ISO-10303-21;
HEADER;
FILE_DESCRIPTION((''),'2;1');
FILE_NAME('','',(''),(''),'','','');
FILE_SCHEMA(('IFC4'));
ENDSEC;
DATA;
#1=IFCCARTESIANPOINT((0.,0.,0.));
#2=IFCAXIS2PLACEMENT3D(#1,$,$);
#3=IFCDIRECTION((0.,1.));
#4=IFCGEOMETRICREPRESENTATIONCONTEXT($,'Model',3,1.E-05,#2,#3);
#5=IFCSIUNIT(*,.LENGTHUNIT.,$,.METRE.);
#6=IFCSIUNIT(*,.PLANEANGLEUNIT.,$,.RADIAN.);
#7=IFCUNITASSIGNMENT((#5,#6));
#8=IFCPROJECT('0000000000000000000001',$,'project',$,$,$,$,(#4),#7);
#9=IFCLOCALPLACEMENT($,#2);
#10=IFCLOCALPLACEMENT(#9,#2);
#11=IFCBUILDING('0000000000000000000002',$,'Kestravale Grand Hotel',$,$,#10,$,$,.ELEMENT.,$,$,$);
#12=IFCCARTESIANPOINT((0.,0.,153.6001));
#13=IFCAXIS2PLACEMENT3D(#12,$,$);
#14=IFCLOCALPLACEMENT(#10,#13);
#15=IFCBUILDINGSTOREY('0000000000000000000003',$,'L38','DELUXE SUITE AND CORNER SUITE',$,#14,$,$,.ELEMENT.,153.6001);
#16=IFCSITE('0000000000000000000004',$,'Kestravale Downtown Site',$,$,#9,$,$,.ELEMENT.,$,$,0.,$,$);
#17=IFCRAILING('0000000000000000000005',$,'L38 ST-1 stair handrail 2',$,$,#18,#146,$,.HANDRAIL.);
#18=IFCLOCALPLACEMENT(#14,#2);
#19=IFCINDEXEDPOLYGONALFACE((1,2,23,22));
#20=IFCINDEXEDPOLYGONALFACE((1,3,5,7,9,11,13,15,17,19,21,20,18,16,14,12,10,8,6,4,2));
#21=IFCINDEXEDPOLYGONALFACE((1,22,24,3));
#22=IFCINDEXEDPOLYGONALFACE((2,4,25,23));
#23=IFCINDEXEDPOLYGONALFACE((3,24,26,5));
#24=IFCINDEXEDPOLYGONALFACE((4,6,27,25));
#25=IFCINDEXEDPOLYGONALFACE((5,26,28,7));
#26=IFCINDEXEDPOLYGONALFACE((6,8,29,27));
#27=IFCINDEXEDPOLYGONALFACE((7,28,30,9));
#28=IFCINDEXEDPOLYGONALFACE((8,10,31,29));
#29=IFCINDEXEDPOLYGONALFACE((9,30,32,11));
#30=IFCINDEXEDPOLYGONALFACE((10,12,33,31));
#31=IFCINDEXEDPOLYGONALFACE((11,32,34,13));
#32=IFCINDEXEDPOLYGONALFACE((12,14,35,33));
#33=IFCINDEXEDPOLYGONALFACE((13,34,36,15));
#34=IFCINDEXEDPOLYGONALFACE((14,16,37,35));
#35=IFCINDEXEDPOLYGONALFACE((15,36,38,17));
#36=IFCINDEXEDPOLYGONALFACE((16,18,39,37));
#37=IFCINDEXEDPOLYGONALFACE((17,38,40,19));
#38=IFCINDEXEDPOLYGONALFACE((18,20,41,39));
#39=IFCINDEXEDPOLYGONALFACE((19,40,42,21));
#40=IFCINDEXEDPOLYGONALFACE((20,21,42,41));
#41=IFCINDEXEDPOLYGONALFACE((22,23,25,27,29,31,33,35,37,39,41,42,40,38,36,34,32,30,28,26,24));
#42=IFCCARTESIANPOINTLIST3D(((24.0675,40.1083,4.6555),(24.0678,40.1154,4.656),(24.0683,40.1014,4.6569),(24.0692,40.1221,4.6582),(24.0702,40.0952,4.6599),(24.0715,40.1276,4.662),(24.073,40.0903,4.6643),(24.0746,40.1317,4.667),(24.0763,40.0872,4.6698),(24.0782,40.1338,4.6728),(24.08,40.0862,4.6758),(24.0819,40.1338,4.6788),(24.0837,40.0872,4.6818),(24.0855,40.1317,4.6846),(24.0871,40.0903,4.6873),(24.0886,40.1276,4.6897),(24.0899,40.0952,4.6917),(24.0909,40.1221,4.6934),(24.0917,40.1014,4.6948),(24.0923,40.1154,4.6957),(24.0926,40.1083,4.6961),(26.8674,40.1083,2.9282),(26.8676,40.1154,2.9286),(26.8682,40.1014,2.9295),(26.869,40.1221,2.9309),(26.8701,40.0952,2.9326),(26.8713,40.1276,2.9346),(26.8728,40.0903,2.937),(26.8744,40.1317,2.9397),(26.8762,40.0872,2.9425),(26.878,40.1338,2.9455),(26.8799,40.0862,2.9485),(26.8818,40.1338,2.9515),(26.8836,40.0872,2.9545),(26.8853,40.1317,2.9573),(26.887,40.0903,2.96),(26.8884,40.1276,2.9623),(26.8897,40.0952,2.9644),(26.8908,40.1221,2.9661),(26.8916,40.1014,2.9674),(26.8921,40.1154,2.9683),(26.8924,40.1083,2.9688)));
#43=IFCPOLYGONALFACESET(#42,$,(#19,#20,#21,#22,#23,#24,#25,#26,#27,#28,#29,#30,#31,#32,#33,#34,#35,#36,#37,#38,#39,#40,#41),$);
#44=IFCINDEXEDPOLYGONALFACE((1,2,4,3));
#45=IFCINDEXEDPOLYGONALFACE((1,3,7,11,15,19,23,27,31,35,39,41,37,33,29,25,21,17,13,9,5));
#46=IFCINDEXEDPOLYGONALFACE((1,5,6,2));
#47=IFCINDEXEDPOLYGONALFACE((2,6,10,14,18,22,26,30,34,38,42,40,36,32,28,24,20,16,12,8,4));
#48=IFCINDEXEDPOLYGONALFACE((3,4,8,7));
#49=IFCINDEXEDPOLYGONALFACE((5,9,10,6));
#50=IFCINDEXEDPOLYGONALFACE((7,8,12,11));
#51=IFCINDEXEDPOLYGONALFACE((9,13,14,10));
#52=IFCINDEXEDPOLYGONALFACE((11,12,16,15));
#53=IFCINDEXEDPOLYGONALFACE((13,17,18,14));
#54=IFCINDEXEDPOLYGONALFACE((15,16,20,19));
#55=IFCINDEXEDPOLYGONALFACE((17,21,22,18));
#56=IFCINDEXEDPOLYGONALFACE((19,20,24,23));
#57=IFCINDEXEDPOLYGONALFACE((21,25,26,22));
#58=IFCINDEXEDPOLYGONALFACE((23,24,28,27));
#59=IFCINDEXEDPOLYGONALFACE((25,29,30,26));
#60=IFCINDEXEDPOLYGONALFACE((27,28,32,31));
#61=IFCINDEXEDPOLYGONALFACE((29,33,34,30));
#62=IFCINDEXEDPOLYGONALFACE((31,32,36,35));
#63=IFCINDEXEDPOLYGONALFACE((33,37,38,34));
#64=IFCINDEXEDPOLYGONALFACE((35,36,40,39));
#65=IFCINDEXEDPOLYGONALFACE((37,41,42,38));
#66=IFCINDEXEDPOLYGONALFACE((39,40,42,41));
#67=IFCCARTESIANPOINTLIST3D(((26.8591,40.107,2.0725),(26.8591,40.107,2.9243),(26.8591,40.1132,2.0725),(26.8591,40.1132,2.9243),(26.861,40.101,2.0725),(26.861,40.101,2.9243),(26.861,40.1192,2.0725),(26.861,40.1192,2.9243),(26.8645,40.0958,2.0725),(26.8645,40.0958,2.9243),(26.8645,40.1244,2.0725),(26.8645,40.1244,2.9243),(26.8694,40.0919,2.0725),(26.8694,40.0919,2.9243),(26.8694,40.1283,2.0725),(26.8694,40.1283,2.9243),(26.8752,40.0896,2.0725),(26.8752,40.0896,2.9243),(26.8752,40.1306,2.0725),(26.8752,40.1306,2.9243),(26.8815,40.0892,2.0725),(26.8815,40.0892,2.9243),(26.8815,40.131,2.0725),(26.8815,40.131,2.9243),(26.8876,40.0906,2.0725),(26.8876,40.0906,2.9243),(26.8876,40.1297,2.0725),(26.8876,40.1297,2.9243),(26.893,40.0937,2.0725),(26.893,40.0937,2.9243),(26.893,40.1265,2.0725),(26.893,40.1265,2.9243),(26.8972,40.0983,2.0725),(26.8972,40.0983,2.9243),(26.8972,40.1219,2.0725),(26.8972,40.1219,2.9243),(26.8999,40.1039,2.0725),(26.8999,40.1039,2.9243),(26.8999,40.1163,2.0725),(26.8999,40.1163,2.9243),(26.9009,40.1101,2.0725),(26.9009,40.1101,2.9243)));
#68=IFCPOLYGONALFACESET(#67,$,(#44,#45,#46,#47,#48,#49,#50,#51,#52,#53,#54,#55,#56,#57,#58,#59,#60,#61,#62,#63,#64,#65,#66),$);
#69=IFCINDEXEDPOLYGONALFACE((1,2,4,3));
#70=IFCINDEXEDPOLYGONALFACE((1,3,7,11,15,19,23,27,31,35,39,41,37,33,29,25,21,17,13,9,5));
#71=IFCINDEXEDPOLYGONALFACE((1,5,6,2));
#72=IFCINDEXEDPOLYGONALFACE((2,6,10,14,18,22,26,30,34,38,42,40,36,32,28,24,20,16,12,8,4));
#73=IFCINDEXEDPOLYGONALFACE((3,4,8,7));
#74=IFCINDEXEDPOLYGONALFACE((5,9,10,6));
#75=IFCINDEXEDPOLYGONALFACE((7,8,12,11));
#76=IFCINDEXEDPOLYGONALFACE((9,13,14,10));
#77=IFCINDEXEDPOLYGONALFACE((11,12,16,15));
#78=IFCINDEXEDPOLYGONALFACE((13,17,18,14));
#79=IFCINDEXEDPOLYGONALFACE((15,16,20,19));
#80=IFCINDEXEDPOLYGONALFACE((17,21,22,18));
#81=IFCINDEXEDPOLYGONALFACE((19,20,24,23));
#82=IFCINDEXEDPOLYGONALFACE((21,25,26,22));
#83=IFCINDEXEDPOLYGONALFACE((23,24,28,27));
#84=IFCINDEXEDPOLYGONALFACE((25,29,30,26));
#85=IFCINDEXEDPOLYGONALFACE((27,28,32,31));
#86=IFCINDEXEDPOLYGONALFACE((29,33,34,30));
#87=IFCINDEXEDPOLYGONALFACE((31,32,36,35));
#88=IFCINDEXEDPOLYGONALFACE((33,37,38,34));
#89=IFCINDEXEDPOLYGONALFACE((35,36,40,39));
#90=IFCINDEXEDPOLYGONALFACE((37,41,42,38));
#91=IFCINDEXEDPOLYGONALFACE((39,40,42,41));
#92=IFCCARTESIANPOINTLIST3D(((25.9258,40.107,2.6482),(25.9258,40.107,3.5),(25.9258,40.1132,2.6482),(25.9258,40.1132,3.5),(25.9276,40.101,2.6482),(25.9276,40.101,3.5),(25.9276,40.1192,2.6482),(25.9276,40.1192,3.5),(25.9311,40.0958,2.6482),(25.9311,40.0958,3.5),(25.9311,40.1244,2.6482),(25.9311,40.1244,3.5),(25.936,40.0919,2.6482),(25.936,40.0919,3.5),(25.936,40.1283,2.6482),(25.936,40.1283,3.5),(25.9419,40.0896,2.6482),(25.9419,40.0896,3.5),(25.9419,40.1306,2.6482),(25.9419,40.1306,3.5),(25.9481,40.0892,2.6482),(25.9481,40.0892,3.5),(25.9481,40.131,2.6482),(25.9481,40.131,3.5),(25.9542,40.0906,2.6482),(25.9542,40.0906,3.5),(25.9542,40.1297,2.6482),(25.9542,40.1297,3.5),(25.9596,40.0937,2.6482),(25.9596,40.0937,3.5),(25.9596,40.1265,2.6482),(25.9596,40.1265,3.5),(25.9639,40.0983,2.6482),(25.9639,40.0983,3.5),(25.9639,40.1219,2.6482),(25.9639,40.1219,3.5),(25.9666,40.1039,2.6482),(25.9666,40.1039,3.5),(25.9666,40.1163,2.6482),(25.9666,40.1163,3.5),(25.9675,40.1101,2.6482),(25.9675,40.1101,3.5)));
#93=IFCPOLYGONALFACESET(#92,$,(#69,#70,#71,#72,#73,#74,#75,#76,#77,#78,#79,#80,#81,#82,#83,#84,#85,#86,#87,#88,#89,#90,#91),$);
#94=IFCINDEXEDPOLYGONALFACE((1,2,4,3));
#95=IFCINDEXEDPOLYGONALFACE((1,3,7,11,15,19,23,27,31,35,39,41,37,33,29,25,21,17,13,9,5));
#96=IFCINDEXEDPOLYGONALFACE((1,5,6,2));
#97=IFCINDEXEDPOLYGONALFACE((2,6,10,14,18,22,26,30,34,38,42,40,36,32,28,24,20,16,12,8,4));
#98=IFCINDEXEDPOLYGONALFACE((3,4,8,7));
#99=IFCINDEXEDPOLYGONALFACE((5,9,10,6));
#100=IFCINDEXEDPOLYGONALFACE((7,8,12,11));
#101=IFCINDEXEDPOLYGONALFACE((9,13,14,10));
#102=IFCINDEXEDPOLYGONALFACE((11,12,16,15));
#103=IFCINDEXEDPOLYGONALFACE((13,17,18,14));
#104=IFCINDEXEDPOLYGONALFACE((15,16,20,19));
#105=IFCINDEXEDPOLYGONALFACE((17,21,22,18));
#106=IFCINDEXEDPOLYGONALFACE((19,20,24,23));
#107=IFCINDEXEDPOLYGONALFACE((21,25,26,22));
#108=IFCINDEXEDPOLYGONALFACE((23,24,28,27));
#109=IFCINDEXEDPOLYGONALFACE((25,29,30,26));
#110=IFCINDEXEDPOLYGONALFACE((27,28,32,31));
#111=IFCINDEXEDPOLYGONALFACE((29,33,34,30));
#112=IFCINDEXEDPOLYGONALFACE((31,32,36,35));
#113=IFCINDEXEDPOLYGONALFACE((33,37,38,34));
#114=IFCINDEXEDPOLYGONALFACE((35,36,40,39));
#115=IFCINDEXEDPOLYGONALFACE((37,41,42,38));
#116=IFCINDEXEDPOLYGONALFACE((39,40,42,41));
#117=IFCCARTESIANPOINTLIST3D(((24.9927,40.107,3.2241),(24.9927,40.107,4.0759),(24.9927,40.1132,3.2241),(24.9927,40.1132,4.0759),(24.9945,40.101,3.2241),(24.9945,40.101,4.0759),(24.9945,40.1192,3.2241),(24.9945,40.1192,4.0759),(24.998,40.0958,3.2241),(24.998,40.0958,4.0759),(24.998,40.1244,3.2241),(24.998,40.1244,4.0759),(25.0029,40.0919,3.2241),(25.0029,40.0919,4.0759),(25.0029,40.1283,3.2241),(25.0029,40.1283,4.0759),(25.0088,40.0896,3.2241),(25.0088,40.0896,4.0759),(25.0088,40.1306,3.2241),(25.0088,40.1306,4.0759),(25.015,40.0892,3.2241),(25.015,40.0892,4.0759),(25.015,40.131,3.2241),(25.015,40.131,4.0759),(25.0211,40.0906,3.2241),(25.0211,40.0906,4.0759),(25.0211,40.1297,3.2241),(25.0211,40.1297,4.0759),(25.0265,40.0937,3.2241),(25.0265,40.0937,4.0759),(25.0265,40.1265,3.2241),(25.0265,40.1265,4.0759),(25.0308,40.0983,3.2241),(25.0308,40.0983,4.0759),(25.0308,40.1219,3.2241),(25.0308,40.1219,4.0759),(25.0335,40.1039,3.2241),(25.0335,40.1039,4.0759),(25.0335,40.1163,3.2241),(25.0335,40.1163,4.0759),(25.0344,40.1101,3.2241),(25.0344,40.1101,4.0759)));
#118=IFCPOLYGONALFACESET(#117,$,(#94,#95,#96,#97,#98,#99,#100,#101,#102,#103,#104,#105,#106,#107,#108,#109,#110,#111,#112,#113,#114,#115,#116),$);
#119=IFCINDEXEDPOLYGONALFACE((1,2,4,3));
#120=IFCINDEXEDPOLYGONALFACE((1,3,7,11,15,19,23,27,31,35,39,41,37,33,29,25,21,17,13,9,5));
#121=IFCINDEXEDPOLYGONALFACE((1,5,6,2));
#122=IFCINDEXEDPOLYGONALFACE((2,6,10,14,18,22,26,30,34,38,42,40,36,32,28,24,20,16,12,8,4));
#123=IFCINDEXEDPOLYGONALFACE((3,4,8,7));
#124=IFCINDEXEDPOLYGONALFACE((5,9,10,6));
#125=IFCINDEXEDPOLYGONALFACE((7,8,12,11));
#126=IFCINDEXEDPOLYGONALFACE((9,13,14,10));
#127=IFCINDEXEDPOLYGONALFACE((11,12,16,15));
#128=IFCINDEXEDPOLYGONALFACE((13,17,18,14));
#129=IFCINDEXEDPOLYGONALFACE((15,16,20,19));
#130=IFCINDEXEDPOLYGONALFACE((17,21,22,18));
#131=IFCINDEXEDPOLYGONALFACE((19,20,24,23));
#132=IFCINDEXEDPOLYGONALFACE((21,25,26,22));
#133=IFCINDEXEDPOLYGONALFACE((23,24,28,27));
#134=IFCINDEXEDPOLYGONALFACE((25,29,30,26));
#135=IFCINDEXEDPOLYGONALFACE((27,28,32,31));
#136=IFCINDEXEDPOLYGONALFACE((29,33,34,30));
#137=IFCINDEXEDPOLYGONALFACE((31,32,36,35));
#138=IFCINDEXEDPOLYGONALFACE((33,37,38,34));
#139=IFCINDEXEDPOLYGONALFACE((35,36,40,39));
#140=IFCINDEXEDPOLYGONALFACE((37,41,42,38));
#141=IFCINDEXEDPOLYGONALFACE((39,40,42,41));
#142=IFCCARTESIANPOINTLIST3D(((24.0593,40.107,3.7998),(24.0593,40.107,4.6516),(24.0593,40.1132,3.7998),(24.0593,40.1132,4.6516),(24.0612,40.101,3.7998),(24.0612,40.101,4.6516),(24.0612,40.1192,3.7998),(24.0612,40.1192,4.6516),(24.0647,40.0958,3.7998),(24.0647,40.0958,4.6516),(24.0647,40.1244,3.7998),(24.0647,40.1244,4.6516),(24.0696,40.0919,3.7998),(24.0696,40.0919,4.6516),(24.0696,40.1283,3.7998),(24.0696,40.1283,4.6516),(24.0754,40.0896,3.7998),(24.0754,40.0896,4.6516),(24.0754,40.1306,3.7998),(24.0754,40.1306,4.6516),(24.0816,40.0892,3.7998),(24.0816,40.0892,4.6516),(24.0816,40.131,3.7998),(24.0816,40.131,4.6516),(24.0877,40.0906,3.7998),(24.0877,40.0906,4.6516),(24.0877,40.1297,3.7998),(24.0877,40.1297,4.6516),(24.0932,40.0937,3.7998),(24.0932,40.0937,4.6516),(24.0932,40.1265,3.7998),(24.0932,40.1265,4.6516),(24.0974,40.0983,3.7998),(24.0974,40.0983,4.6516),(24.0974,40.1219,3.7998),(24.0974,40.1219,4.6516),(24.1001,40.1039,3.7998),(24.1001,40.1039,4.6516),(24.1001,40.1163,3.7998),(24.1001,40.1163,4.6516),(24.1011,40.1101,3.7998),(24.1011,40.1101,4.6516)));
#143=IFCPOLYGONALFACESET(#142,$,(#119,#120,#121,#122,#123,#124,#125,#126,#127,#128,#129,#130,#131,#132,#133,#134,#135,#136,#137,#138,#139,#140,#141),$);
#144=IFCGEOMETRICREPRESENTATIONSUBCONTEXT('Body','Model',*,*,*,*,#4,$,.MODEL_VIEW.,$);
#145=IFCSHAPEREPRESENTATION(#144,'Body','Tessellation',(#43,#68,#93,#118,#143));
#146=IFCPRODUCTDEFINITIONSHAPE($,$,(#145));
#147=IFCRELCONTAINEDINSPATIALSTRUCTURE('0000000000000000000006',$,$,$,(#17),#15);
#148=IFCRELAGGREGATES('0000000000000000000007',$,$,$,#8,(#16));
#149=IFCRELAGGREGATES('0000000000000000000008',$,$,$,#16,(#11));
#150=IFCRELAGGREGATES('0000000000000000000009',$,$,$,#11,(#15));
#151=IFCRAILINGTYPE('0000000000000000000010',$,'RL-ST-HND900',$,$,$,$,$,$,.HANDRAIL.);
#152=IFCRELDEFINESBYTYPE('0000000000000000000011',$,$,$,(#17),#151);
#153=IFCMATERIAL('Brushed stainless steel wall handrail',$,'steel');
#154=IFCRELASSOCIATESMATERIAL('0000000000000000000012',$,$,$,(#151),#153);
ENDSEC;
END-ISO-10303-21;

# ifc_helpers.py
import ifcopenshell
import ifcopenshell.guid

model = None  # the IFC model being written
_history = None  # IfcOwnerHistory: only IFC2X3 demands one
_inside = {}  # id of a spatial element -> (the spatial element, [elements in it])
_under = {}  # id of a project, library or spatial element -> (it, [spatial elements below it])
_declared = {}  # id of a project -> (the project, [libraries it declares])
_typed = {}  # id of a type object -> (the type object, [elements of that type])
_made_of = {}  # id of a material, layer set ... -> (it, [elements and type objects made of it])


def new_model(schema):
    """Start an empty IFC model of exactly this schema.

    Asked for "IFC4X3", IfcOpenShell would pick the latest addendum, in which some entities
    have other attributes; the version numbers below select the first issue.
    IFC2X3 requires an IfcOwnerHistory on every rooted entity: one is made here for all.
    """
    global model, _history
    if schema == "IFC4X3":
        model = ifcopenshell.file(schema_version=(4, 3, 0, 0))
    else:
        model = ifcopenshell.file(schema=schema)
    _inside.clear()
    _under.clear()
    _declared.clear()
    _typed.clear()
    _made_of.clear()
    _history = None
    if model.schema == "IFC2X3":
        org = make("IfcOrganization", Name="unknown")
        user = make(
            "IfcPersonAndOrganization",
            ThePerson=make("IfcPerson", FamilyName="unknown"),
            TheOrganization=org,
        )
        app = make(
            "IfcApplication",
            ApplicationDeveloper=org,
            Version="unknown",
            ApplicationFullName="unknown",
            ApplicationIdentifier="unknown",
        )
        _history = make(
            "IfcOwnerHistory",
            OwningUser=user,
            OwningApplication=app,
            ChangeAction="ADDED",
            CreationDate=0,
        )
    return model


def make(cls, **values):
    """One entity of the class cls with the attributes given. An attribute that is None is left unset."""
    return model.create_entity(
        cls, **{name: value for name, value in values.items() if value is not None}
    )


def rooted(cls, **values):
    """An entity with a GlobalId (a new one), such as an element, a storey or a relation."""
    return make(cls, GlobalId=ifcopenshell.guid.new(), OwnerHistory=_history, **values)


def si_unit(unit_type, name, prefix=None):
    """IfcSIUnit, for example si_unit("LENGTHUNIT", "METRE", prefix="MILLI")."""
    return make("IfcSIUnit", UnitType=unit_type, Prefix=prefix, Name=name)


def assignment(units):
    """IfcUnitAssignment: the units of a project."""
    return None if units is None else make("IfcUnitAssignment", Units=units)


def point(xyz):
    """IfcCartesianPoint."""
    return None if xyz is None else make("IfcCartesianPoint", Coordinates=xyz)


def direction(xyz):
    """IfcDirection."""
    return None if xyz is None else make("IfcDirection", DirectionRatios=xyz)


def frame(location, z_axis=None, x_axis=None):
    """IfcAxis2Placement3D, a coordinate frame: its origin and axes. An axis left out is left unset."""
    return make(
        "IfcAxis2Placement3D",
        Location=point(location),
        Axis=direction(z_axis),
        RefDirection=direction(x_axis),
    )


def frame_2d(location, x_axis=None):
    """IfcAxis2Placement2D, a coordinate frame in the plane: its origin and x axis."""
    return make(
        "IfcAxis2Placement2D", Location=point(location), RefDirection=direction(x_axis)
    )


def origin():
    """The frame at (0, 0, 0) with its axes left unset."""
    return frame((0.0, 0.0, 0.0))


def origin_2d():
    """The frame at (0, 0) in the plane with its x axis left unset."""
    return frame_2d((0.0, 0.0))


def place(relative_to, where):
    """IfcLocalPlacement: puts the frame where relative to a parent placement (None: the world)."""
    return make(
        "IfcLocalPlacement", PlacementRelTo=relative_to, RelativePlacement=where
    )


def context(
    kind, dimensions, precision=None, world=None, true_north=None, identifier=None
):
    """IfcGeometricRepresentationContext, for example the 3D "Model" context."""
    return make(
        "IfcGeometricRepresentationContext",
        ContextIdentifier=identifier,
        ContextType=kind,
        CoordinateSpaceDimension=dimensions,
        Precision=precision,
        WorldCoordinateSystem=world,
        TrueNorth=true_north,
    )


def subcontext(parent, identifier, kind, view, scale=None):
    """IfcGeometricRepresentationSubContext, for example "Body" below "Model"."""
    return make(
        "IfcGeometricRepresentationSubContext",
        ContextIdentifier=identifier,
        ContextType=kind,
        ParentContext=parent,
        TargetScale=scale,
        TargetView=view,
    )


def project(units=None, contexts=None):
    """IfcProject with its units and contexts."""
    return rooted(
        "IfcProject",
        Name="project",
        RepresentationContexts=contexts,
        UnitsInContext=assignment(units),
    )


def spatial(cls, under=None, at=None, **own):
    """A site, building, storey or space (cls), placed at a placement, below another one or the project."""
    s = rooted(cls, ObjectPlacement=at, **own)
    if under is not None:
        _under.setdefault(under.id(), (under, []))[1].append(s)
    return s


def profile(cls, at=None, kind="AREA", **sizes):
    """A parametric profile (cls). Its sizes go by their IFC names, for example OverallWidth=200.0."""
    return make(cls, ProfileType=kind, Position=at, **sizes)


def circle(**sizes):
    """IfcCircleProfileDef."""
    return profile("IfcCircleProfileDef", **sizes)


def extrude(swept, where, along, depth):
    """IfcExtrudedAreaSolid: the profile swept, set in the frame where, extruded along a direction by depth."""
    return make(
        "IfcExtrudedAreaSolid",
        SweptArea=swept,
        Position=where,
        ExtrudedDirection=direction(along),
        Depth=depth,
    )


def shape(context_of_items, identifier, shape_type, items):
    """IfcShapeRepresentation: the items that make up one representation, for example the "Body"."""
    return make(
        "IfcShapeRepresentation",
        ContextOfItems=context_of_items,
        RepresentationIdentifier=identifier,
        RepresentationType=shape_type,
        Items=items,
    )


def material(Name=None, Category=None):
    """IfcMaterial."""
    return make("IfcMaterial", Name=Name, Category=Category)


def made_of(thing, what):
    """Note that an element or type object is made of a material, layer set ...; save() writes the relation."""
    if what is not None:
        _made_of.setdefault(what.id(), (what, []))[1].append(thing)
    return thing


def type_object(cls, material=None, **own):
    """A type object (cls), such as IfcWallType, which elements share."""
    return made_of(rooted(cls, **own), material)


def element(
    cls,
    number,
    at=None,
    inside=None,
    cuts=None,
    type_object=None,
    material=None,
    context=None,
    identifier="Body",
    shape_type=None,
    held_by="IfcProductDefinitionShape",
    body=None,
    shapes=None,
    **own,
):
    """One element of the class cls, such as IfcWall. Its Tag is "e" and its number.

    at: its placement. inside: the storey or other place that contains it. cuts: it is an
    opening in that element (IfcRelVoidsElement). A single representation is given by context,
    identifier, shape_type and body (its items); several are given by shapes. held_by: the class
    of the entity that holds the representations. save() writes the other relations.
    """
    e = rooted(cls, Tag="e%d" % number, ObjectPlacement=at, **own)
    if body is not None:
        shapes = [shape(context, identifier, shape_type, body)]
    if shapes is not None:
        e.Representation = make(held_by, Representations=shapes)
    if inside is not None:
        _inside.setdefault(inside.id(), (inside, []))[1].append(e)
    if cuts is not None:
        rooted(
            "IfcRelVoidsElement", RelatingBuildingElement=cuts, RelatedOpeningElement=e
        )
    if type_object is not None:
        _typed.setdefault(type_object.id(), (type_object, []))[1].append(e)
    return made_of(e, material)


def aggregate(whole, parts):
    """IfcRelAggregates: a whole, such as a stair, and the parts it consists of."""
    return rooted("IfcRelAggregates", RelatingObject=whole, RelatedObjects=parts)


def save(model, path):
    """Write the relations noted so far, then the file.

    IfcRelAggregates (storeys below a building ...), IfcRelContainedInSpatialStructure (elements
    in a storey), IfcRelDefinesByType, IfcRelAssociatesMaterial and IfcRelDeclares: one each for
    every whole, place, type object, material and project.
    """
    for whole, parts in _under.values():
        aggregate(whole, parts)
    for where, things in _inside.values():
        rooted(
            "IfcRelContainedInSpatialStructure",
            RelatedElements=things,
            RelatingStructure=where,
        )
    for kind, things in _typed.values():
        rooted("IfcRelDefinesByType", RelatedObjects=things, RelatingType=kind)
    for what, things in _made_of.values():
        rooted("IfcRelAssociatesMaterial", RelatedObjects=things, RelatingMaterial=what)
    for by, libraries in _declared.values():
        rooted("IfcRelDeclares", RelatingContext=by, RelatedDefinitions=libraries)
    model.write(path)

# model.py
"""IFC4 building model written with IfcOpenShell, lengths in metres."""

from ifc_helpers import new_model, si_unit, direction, frame, origin, origin_2d, place, context, subcontext, project, spatial, circle, extrude, material, type_object, element, save


model = new_model("IFC4")

# Units and contexts
model_context = context("Model", 3, precision=1e-05, world=origin(), true_north=direction((0.0, 1.0)))
body_context = subcontext(model_context, "Body", "Model", "MODEL_VIEW")
ifc_project = project(units=[si_unit("LENGTHUNIT", "METRE"), si_unit("PLANEANGLEUNIT", "RADIAN")], contexts=[model_context])

# Site, building, storey
site_placement = place(None, origin())
site = spatial("IfcSite", under=ifc_project, at=site_placement, Name="Kestravale Downtown Site", CompositionType="ELEMENT", RefElevation=0.0)
building_placement = place(site_placement, origin())
building = spatial("IfcBuilding", under=site, at=building_placement, Name="Kestravale Grand Hotel", CompositionType="ELEMENT")
storey_placement = place(building_placement, frame((0.0, 0.0, 153.6001)))
storey = spatial("IfcBuildingStorey", under=building, at=storey_placement, Name="L38", Description="DELUXE SUITE AND CORNER SUITE", CompositionType="ELEMENT", Elevation=153.6001)

# Railing
ifc_material_1 = material(Name="Brushed stainless steel wall handrail", Category="steel")
railing_type_1 = type_object("IfcRailingType", Name="RL-ST-HND900", PredefinedType="HANDRAIL", material=ifc_material_1)
railing_1_placement = place(storey_placement, frame((26.8799, 40.1101, 2.0725)))
element("IfcRailing", 1, at=railing_1_placement, inside=storey, type_object=railing_type_1, Name="L38 ST-1 stair handrail 2", PredefinedType="HANDRAIL", context=body_context, shape_type="SweptSolid", body=[
    extrude(circle(Radius=0.0239, at=origin_2d()), frame((0.0, 0.0, 0.876), z_axis=(-0.851069, 0.0, 0.525054), x_axis=(0.0, -1.0, 0.0)), (0.0, 0.0, 1.0), 3.2898),
    extrude(circle(Radius=0.021, at=origin_2d()), origin(), (0.0, 0.0, 1.0), 0.8518),
    extrude(circle(Radius=0.021, at=origin_2d()), frame((-0.9333, 0.0, 0.5757)), (0.0, 0.0, 1.0), 0.8518),
    extrude(circle(Radius=0.021, at=origin_2d()), frame((-1.8665, 0.0, 1.1516)), (0.0, 0.0, 1.0), 0.8518),
    extrude(circle(Radius=0.021, at=origin_2d()), frame((-2.7998, 0.0, 1.7273)), (0.0, 0.0, 1.0), 0.8518),
])

save(model, "model.ifc")
